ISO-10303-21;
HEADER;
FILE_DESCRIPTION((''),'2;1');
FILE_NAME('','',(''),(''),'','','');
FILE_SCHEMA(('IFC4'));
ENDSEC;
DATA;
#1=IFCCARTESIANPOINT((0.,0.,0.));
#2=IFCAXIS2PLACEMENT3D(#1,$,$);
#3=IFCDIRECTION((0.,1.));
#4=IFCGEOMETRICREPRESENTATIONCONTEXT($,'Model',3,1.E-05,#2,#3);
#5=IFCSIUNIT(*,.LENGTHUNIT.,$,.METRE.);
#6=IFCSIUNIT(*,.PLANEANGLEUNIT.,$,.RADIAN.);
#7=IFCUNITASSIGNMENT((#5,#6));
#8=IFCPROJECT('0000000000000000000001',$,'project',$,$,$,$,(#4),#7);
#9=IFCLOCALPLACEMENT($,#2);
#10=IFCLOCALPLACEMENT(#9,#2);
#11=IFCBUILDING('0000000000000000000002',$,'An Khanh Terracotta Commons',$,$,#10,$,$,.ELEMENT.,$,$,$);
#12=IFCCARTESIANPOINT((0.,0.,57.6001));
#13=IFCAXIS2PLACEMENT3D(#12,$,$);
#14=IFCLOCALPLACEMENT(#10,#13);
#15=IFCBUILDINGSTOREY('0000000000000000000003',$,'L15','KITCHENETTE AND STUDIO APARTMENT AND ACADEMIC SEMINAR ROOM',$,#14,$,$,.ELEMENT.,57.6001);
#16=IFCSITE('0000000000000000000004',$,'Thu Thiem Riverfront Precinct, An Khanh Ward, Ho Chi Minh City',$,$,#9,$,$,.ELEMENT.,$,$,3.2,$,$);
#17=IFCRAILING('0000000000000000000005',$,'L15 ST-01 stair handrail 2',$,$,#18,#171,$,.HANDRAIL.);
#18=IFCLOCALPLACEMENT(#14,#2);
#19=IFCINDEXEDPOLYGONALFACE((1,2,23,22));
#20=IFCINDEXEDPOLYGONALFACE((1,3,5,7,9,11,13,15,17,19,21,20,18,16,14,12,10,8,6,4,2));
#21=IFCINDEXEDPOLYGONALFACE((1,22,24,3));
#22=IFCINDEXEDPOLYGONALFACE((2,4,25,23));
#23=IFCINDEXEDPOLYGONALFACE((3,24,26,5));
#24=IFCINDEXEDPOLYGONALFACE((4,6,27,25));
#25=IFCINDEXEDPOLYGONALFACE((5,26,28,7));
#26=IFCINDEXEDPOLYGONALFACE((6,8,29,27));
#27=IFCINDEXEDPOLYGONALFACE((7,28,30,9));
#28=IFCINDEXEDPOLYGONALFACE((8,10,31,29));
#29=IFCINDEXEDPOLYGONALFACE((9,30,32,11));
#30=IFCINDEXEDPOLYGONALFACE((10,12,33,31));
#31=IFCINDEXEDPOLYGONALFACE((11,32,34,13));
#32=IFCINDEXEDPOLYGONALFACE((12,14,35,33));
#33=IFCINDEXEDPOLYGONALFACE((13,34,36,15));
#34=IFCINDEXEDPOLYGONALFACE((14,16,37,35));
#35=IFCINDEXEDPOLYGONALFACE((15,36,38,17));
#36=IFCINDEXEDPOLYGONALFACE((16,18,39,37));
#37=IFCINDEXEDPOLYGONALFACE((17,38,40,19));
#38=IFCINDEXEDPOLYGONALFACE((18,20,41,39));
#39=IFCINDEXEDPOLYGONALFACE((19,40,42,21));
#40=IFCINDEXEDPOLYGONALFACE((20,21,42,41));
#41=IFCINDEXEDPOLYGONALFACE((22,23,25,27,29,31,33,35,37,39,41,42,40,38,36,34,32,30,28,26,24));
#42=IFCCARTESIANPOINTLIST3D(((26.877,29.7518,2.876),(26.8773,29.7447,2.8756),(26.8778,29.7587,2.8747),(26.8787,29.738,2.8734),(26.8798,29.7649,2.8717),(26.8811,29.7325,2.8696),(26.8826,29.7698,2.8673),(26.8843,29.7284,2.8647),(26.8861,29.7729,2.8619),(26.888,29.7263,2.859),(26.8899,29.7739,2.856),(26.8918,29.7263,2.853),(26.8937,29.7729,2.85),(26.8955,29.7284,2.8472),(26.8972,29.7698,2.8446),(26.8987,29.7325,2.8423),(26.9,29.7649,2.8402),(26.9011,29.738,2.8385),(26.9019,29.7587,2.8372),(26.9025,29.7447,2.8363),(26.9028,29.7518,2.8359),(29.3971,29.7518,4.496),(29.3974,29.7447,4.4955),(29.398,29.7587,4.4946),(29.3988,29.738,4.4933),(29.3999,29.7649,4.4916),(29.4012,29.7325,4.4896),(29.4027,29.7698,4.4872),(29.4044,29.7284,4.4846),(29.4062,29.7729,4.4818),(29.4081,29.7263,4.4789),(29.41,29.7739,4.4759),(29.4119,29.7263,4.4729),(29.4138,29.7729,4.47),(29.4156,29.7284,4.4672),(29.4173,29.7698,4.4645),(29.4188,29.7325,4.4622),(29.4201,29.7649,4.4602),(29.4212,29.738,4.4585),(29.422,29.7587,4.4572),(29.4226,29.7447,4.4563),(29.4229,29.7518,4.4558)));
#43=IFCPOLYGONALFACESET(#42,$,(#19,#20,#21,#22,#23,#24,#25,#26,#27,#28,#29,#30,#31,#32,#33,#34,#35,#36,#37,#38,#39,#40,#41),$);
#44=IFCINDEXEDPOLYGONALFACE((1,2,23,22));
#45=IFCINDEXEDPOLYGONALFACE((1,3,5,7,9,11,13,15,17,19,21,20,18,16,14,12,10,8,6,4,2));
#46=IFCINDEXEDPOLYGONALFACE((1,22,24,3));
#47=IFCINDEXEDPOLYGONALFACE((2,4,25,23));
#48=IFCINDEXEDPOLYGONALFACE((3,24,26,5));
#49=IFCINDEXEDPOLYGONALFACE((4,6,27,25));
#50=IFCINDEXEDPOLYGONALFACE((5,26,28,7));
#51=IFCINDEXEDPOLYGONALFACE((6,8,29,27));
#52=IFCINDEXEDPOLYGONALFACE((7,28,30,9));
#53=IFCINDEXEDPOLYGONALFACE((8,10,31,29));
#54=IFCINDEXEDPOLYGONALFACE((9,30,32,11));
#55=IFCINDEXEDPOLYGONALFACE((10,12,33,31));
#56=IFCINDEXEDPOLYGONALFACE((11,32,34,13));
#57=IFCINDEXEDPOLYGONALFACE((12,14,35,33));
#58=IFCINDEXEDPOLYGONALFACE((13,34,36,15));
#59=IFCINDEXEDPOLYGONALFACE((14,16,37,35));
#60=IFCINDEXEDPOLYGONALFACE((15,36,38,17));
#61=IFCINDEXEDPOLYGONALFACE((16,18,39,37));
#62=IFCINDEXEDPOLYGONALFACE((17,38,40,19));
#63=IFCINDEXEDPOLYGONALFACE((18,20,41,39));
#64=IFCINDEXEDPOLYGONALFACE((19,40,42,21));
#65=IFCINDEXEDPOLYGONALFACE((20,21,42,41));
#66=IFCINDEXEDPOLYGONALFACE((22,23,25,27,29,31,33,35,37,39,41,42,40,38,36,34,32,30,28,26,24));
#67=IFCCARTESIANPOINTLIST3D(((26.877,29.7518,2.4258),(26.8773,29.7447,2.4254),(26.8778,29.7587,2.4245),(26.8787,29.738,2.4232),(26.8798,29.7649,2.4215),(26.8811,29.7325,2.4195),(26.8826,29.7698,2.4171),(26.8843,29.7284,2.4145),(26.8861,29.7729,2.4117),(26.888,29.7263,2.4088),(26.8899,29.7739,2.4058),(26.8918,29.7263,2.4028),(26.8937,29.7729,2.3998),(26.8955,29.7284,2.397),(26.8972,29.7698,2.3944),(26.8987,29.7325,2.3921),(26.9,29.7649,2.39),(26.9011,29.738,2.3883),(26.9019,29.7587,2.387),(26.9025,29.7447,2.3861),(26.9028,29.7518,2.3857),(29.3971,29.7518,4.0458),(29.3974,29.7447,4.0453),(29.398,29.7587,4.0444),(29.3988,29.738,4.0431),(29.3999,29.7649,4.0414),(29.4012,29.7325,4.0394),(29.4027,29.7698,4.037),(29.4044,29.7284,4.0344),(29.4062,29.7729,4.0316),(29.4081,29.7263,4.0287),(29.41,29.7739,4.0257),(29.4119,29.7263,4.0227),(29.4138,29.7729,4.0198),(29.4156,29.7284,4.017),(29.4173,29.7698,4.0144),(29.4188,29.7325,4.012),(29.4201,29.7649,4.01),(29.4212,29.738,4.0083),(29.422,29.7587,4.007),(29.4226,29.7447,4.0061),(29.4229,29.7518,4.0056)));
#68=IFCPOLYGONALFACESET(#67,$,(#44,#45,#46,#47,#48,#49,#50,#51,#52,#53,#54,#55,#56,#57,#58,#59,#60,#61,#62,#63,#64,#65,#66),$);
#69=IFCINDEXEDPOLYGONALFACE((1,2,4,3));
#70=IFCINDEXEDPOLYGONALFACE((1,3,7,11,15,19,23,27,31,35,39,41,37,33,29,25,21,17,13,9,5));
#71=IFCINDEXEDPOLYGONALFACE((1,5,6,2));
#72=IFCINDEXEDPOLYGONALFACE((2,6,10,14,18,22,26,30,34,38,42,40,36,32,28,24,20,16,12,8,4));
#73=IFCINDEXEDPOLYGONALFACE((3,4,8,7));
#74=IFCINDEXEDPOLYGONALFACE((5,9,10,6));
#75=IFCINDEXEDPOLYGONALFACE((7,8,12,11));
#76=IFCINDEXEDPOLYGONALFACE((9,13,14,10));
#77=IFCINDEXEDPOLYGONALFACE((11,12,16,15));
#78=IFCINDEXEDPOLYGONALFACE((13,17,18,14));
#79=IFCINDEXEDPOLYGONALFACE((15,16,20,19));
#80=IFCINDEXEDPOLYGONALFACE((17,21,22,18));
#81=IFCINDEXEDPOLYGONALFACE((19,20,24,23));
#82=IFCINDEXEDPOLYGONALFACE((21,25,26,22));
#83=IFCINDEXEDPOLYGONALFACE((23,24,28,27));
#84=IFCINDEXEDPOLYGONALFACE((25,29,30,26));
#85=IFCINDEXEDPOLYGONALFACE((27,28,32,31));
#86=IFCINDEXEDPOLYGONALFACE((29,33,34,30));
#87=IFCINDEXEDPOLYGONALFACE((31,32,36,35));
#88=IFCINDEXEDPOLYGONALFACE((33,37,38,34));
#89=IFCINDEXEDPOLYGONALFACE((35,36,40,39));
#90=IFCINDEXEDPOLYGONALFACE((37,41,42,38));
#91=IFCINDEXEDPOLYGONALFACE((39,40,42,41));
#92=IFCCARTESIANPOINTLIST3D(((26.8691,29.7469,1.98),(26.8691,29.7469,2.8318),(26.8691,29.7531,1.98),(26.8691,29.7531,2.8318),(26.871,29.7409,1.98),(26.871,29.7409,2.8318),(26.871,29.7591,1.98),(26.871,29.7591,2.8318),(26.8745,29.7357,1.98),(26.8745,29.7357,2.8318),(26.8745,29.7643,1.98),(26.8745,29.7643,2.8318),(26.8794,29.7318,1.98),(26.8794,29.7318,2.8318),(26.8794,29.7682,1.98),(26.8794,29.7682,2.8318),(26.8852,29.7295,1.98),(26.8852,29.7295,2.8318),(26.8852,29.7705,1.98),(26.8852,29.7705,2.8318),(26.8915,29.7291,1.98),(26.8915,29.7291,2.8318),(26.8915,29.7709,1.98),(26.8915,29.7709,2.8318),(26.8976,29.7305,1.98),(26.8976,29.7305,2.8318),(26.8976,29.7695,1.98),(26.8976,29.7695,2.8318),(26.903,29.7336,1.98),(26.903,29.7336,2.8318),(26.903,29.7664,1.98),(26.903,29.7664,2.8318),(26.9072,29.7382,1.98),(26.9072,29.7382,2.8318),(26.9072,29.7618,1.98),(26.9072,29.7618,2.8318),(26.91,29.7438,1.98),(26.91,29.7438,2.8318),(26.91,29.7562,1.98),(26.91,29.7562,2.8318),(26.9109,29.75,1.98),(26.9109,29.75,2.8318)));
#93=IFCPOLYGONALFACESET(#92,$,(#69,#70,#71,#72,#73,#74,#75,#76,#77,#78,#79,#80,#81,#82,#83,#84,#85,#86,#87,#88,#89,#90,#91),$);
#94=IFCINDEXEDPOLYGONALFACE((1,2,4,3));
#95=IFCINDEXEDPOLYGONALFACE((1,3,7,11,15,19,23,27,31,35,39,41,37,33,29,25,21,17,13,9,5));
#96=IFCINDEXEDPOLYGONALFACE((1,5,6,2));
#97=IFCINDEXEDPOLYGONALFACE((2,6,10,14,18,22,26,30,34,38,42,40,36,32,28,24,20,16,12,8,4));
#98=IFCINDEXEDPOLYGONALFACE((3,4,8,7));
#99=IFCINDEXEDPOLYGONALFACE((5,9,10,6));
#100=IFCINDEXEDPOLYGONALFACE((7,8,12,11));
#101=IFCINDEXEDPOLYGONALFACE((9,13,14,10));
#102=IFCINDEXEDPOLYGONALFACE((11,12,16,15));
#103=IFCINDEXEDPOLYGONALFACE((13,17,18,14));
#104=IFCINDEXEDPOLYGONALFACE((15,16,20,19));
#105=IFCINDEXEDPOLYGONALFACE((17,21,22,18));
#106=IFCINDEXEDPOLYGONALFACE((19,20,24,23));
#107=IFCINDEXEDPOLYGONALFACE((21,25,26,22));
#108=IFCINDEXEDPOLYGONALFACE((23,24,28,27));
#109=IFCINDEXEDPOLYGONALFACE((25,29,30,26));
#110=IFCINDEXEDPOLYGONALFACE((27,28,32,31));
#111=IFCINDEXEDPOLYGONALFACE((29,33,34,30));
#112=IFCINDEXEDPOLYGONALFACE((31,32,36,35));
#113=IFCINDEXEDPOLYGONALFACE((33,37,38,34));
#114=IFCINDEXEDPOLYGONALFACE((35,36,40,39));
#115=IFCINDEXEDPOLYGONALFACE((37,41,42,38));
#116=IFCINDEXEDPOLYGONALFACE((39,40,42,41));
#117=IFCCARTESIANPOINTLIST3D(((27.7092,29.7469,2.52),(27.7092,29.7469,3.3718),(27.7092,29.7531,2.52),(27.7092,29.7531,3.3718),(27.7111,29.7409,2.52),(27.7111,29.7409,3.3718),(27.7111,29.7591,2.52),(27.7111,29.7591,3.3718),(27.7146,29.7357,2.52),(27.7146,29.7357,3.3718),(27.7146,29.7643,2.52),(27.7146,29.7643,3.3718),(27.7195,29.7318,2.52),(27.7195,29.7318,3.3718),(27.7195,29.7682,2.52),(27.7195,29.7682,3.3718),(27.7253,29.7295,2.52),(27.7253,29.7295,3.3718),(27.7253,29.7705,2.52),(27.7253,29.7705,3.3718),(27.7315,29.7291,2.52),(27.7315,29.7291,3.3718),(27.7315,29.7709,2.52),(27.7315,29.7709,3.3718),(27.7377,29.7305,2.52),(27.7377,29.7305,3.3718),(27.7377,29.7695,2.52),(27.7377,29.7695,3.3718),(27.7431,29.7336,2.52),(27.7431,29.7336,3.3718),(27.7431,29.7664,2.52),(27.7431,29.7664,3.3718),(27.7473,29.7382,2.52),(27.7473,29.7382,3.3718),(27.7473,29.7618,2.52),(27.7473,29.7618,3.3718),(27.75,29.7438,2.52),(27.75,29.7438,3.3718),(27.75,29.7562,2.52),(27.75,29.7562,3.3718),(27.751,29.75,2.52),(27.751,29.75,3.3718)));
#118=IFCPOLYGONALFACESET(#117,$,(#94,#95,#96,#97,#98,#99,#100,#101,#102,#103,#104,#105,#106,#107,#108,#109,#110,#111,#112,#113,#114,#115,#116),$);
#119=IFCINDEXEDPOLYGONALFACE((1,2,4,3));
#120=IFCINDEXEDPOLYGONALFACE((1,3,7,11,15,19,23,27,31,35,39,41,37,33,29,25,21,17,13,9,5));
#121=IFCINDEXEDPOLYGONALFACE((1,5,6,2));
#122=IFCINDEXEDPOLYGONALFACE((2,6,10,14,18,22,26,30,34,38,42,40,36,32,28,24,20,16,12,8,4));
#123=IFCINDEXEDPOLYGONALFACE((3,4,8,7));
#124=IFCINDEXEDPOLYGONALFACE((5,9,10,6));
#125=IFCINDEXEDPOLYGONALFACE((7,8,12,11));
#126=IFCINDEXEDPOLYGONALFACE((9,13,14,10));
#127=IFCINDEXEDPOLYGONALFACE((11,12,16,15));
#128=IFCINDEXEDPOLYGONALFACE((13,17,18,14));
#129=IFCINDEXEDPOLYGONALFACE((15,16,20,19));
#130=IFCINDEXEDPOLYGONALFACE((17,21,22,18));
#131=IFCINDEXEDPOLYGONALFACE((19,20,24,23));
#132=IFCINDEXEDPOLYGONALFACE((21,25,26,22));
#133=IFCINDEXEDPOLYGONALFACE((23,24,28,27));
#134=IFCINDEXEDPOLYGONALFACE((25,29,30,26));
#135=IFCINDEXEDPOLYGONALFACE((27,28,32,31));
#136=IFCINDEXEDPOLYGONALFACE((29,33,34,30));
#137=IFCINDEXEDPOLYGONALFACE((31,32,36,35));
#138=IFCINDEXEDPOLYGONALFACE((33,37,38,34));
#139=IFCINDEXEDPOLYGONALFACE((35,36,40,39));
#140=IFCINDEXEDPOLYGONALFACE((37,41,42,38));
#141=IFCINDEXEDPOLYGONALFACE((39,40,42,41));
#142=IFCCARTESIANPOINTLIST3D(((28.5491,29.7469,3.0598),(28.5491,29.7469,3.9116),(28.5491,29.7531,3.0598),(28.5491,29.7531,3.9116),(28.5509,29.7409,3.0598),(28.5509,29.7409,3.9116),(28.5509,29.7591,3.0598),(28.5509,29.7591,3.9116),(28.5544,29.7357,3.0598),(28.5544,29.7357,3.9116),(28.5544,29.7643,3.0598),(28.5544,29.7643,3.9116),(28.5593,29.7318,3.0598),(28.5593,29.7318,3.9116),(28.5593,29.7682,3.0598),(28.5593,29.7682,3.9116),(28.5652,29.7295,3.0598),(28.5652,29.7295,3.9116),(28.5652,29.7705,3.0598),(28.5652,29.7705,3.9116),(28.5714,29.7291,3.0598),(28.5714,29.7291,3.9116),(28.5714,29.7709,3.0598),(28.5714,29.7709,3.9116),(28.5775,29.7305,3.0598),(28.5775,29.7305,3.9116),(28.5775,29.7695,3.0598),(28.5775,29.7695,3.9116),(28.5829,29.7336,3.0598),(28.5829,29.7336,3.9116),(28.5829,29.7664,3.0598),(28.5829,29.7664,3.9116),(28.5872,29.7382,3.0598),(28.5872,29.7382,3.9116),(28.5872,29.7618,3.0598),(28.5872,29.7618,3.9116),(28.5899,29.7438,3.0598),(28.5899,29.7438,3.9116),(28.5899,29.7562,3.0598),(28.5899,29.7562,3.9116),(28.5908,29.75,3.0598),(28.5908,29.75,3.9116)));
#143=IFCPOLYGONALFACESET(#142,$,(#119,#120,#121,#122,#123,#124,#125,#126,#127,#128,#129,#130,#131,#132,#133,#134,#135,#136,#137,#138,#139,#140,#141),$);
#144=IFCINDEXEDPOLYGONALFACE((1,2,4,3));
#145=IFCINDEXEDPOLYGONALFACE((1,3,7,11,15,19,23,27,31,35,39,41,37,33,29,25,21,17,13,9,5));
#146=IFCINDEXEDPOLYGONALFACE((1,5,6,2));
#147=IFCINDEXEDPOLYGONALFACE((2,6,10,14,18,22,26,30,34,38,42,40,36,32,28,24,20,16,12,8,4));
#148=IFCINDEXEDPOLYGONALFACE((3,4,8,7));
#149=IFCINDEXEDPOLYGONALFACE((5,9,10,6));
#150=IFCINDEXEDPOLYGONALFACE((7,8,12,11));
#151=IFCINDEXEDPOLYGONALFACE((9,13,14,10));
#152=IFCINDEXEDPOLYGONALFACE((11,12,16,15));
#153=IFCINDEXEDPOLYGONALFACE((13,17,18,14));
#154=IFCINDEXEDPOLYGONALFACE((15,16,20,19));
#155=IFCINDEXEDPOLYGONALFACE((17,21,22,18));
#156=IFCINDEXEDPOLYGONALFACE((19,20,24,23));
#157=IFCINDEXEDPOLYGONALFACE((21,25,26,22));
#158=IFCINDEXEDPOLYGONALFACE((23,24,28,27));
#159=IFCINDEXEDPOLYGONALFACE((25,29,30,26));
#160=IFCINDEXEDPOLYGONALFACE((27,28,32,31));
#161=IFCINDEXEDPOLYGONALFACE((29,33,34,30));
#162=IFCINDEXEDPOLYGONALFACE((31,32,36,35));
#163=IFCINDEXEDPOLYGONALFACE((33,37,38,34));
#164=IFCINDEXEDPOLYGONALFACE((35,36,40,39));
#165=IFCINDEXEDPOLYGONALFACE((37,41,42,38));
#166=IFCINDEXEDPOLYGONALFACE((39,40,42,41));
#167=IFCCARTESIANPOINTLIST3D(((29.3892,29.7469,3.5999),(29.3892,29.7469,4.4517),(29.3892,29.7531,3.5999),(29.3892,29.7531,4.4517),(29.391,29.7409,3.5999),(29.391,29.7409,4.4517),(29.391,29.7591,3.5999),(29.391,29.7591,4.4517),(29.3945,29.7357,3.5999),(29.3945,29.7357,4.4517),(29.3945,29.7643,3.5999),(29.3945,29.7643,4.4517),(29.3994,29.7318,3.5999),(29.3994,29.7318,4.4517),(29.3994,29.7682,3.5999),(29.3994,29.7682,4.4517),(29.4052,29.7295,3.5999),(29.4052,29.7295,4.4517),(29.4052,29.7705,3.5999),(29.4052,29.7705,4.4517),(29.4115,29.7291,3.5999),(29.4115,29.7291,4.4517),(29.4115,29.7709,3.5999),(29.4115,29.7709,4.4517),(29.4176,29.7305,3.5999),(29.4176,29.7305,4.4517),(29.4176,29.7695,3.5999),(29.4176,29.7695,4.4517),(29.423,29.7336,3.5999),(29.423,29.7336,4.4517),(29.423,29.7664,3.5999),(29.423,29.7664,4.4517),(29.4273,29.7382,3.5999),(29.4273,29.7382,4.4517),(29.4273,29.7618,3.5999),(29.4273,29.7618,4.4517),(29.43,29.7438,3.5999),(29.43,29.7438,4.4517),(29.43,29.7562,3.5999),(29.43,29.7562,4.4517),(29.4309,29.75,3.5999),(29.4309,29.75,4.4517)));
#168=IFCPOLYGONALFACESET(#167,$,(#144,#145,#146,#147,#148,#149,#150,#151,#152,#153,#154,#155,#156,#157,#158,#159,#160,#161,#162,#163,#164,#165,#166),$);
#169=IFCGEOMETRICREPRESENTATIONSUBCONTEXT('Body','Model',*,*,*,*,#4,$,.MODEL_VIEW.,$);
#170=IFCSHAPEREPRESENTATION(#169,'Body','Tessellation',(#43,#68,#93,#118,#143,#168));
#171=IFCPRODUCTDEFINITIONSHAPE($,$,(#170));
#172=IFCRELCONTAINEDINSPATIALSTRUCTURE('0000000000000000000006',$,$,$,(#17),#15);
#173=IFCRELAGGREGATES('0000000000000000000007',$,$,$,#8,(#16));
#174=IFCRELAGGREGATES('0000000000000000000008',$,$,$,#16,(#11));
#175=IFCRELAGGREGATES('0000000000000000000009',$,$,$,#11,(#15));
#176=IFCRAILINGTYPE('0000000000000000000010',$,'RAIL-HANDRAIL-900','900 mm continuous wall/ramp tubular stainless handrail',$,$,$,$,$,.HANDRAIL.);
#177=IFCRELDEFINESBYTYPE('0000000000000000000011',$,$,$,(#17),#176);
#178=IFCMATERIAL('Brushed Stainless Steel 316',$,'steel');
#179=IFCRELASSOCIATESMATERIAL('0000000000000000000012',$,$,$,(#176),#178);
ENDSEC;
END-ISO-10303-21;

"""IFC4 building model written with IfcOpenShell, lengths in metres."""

from ifc_helpers import new_model, si_unit, direction, frame, origin, origin_2d, place, context, subcontext, project, spatial, circle, extrude, material, type_object, element, save


model = new_model("IFC4")

# Units and contexts
model_context = context("Model", 3, precision=1e-05, world=origin(), true_north=direction((0.0, 1.0)))
body_context = subcontext(model_context, "Body", "Model", "MODEL_VIEW")
ifc_project = project(units=[si_unit("LENGTHUNIT", "METRE"), si_unit("PLANEANGLEUNIT", "RADIAN")], contexts=[model_context])

# Site, building, storey
site_placement = place(None, origin())
site = spatial("IfcSite", under=ifc_project, at=site_placement, Name="Thu Thiem Riverfront Precinct, An Khanh Ward, Ho Chi Minh City", CompositionType="ELEMENT", RefElevation=3.2)
building_placement = place(site_placement, origin())
building = spatial("IfcBuilding", under=site, at=building_placement, Name="An Khanh Terracotta Commons", CompositionType="ELEMENT")
storey_placement = place(building_placement, frame((0.0, 0.0, 57.6001)))
storey = spatial("IfcBuildingStorey", under=building, at=storey_placement, Name="L15", Description="KITCHENETTE AND STUDIO APARTMENT AND ACADEMIC SEMINAR ROOM", CompositionType="ELEMENT", Elevation=57.6001)

# Railing
ifc_material_1 = material(Name="Brushed Stainless Steel 316", Category="steel")
railing_type_1 = type_object("IfcRailingType", Name="RAIL-HANDRAIL-900", Description="900 mm continuous wall/ramp tubular stainless handrail", PredefinedType="HANDRAIL", material=ifc_material_1)
railing_1_placement = place(storey_placement, frame((26.8899, 29.75, 1.98)))
element("IfcRailing", 1, at=railing_1_placement, inside=storey, type_object=railing_type_1, Name="L15 ST-01 stair handrail 2", PredefinedType="HANDRAIL", context=body_context, shape_type="SweptSolid", body=[
    extrude(circle(Radius=0.0239, at=origin_2d()), frame((0.0, 0.0, 0.876), z_axis=(0.8412, 0.0, 0.540725), x_axis=(0.0, 1.0, 0.0)), (0.0, 0.0, 1.0), 2.9958),
    extrude(circle(Radius=0.0239, at=origin_2d()), frame((0.0, 0.0, 0.4258), z_axis=(0.8412, 0.0, 0.540725), x_axis=(0.0, 1.0, 0.0)), (0.0, 0.0, 1.0), 2.9958),
    extrude(circle(Radius=0.021, at=origin_2d()), origin(), (0.0, 0.0, 1.0), 0.8518),
    extrude(circle(Radius=0.021, at=origin_2d()), frame((0.8401, 0.0, 0.54)), (0.0, 0.0, 1.0), 0.8518),
    extrude(circle(Radius=0.021, at=origin_2d()), frame((1.6799, 0.0, 1.0798)), (0.0, 0.0, 1.0), 0.8518),
    extrude(circle(Radius=0.021, at=origin_2d()), frame((2.52, 0.0, 1.6199)), (0.0, 0.0, 1.0), 0.8518),
])

save(model, "model.ifc")
